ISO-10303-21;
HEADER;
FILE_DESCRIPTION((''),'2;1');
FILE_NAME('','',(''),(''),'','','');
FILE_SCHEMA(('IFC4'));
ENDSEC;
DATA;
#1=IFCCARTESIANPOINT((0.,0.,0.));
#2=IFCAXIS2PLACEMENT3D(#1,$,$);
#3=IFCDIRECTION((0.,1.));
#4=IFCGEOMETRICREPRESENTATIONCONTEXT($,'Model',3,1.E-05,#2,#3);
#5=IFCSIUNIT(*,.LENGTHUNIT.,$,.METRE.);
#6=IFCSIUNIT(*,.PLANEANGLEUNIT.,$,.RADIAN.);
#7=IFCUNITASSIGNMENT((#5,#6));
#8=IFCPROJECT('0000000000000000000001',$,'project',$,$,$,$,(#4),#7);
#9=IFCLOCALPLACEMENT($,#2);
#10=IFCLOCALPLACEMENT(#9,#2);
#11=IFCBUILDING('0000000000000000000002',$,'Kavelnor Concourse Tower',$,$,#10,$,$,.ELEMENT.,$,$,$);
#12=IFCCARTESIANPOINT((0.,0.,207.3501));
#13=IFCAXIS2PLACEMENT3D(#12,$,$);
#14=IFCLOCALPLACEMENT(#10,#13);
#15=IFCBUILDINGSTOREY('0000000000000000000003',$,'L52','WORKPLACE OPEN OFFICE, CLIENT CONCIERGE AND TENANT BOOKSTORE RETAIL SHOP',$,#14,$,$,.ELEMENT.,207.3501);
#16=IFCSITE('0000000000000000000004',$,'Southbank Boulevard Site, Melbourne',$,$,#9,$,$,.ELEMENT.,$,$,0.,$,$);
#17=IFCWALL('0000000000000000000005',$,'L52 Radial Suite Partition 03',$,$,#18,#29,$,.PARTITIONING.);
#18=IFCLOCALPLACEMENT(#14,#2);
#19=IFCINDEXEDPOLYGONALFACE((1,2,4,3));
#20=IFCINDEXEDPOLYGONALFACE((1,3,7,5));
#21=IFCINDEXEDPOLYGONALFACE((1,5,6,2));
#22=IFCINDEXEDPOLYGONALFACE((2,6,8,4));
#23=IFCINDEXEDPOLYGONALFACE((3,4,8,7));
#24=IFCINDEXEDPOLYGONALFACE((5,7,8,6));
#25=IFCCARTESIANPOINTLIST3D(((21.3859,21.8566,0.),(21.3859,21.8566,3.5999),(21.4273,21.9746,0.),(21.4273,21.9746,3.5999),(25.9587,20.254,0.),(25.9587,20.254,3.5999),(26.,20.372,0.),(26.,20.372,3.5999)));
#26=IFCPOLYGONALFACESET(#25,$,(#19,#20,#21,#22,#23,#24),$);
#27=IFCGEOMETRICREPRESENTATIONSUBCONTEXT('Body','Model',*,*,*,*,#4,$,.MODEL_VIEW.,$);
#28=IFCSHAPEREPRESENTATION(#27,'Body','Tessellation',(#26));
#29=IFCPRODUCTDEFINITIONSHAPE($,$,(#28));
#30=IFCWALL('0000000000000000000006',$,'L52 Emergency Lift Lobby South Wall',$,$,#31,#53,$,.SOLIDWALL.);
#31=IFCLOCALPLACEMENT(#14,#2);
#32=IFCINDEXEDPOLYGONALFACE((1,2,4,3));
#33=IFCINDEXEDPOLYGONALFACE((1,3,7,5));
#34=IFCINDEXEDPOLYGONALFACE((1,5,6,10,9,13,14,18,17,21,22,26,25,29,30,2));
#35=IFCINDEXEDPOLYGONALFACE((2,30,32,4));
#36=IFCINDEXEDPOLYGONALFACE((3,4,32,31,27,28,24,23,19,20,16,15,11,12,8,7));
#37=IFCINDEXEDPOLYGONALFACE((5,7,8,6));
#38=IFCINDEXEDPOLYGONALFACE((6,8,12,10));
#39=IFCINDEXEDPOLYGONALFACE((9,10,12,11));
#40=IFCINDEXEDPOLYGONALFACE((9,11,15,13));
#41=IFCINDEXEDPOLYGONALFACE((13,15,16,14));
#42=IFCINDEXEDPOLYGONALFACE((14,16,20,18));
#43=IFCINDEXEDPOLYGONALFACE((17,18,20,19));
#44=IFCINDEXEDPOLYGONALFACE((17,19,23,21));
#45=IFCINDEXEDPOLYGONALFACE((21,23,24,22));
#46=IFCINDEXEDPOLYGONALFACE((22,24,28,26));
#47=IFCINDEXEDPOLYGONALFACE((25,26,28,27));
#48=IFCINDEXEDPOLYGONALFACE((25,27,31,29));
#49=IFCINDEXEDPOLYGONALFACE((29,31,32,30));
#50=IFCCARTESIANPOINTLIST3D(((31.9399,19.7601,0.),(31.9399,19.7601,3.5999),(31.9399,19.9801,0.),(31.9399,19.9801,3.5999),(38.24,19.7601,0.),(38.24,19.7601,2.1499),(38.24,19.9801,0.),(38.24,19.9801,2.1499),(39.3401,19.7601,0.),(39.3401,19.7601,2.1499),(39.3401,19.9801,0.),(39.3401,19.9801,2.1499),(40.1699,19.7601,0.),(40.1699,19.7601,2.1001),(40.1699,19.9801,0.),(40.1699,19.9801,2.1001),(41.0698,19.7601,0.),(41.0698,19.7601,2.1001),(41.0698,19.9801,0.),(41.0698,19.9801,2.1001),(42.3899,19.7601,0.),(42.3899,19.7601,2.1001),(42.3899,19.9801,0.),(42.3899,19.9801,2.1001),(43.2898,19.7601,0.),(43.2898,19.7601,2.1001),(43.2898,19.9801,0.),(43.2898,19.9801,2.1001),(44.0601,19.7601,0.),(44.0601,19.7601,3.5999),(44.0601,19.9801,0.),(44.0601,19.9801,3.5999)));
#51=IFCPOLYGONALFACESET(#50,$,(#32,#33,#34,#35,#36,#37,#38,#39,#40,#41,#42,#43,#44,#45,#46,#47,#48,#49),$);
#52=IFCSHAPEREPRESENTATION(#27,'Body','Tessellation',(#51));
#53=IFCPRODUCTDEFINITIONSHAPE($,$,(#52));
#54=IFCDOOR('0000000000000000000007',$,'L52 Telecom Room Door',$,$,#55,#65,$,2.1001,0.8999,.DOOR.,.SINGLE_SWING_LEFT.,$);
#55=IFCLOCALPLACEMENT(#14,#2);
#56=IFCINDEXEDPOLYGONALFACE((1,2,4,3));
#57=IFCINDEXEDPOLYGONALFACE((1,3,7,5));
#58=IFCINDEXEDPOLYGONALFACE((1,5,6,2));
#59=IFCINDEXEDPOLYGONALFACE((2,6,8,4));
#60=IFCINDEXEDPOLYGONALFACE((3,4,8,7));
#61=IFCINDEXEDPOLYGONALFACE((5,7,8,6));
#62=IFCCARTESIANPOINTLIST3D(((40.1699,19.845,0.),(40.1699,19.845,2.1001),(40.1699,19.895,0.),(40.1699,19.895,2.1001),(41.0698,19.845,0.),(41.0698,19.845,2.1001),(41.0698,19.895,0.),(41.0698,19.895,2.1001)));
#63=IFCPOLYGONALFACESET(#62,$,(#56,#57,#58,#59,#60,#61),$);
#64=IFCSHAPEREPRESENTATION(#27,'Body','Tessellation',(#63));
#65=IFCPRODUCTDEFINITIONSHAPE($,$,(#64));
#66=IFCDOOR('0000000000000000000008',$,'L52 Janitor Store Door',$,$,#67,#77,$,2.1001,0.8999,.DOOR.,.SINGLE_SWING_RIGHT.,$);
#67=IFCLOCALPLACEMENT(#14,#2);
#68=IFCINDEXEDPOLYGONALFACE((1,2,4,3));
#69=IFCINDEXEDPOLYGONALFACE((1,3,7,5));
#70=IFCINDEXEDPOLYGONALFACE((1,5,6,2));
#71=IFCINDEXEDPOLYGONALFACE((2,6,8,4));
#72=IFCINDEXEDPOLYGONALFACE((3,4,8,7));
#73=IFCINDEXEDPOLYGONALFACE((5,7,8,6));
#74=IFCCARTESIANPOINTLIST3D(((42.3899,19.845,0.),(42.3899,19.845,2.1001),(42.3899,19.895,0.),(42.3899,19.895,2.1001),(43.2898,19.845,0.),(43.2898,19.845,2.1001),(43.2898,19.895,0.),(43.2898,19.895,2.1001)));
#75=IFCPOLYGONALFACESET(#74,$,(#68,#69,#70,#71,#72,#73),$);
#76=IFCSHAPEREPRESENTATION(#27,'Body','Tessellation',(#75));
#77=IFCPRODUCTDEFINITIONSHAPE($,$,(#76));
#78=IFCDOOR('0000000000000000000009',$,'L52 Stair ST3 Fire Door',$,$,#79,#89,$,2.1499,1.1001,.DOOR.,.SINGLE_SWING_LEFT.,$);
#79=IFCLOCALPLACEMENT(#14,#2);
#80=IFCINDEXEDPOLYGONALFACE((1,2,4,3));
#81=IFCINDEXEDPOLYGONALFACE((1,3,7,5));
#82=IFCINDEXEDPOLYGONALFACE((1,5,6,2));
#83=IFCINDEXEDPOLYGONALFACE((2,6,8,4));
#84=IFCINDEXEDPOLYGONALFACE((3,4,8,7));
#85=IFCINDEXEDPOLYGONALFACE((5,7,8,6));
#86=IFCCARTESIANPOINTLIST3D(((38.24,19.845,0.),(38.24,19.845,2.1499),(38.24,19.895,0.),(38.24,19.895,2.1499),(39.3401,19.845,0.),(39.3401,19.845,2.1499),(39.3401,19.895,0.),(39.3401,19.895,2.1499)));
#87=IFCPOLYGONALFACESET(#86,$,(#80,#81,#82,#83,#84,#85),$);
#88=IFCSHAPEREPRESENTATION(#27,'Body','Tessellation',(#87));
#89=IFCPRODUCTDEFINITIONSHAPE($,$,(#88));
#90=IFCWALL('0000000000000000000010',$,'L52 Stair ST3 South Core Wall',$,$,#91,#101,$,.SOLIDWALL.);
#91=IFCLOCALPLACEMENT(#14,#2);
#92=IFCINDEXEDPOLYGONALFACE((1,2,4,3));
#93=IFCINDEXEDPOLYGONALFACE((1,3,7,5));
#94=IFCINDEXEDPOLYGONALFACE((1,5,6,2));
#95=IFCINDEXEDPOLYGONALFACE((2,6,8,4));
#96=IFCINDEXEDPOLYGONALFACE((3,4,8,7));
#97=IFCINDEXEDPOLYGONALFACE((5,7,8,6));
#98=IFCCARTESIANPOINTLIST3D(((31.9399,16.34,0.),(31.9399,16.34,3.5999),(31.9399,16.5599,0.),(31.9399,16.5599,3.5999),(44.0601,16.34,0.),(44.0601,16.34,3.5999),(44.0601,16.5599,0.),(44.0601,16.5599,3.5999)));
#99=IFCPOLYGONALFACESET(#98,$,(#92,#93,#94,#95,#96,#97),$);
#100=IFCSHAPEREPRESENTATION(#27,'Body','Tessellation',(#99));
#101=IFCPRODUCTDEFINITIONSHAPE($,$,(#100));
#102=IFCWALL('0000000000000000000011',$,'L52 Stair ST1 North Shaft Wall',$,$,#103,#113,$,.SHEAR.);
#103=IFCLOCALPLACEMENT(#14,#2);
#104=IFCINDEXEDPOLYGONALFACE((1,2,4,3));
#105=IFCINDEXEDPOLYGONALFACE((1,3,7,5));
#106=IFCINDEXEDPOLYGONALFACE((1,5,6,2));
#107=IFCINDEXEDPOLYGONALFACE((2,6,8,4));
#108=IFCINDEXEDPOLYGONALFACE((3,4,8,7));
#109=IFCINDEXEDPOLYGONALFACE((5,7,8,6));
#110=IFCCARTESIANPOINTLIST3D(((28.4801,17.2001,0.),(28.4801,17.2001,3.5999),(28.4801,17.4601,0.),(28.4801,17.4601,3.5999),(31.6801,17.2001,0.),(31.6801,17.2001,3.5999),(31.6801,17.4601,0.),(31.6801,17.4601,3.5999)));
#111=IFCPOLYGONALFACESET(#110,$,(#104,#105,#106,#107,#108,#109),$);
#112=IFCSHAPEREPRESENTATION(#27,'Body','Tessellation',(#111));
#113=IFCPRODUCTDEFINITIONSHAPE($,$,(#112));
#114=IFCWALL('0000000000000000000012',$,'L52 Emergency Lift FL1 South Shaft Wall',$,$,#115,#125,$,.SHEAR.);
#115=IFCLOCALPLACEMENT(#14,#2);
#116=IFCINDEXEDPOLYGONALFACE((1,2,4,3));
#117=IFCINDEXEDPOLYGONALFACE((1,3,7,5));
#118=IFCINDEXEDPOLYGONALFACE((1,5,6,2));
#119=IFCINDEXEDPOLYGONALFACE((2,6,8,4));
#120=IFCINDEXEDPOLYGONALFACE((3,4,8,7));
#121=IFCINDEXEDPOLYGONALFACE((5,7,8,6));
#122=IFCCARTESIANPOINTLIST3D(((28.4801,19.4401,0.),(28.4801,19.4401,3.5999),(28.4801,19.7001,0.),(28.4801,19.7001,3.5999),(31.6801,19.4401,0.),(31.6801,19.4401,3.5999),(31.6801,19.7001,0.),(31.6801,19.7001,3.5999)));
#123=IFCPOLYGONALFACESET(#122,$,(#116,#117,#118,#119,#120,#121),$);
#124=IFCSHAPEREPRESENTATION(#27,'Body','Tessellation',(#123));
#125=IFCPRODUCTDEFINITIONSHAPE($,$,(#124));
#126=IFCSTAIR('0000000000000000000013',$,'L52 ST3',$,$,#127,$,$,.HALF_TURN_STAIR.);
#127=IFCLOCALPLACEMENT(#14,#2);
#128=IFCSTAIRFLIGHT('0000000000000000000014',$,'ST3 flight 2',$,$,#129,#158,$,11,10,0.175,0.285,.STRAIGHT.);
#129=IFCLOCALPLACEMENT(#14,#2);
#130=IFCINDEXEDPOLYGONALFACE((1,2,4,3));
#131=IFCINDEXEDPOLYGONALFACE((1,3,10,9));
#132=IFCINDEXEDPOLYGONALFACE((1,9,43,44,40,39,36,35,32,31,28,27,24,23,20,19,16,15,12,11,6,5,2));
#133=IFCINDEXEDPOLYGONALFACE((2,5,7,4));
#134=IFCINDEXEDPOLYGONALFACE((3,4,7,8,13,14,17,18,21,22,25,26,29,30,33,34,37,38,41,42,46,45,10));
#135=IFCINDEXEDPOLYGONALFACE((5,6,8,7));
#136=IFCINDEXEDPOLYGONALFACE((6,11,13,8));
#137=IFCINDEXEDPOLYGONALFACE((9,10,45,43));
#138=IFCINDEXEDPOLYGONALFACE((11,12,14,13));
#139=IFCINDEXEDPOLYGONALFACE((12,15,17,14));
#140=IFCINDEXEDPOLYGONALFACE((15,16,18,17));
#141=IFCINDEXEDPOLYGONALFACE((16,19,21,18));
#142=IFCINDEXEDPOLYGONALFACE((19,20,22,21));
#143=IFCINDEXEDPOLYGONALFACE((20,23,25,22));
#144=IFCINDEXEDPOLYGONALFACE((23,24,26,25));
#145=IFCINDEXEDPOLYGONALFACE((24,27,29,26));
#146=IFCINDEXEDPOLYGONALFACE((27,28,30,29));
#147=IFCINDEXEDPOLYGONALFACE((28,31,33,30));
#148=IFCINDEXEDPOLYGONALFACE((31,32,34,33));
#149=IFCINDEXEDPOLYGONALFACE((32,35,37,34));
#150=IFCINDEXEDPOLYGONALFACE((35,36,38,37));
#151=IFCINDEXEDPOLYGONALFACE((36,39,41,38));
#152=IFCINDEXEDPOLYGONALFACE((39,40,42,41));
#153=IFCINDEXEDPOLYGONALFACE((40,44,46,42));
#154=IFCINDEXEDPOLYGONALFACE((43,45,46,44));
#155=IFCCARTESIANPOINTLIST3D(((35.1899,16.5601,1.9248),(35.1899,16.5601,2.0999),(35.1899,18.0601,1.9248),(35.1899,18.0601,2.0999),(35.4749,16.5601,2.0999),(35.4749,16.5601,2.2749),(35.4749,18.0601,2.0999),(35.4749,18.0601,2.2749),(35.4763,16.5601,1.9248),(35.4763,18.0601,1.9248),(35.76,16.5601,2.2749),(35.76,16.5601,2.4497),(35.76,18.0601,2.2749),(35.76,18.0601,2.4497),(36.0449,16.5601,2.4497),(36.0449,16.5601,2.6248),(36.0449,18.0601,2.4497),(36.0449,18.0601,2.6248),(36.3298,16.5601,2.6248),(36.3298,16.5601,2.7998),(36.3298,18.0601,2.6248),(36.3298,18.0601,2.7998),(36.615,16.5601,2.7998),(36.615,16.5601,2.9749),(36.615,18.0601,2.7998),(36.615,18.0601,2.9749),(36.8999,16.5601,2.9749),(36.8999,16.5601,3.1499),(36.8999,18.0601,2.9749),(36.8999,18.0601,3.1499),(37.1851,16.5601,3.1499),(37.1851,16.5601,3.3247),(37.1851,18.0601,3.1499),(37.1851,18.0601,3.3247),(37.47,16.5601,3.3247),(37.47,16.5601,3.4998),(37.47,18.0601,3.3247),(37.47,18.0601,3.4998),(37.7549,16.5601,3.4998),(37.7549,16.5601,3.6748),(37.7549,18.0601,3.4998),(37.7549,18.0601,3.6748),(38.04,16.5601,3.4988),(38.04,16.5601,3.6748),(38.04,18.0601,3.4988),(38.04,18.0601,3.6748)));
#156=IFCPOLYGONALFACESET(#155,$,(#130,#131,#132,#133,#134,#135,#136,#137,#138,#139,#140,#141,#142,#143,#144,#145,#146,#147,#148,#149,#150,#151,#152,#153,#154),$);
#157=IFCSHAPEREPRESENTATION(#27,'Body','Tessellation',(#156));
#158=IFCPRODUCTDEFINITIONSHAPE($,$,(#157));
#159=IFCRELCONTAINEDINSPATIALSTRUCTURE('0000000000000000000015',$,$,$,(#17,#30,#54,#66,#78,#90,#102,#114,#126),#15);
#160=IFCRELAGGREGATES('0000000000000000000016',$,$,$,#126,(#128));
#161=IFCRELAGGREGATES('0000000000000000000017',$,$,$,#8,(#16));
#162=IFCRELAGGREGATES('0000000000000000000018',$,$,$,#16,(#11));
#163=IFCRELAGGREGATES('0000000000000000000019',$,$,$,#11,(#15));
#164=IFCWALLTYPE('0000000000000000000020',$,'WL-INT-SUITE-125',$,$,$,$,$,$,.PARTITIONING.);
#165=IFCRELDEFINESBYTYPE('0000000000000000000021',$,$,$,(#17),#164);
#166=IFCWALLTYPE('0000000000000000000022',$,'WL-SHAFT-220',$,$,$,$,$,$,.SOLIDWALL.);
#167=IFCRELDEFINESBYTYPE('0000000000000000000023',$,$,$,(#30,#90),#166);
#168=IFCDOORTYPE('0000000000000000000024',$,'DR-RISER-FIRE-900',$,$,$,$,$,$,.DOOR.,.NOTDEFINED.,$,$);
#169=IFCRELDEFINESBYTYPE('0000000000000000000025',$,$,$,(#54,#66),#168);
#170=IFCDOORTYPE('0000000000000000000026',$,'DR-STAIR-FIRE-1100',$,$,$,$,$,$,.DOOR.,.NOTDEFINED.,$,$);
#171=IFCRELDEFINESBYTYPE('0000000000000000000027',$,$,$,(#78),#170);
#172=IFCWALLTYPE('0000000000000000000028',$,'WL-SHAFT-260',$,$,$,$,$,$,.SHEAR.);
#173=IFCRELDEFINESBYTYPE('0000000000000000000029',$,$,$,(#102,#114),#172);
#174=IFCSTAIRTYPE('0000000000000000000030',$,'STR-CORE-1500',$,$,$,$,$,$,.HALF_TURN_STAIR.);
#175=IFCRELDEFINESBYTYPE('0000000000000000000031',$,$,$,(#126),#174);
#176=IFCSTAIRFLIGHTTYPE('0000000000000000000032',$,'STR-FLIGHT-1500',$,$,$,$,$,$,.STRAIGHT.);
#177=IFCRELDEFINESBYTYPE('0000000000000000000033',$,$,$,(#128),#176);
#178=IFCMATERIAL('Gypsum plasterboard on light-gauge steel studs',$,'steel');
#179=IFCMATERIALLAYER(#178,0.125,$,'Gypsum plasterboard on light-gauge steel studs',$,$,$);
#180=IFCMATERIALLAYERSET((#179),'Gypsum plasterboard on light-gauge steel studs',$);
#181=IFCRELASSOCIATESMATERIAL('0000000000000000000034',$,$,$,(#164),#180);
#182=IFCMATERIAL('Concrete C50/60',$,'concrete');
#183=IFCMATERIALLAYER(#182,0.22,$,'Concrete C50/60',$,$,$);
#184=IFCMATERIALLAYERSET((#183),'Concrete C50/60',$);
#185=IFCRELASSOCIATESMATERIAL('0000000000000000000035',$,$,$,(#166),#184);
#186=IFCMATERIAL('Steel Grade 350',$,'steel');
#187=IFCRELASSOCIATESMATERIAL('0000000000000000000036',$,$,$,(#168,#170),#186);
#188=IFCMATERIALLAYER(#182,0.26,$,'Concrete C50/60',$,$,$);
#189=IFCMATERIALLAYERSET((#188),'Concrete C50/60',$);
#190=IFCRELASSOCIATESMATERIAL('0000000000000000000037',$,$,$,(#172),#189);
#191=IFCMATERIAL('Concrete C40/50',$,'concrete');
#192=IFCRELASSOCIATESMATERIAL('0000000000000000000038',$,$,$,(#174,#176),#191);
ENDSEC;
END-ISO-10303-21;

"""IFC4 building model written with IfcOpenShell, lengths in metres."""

from ifc_helpers import new_model, si_unit, direction, frame, frame_2d, origin, place, context, subcontext, project, spatial, polyline, rectangle, outline, extrude, material, layer, layer_set, type_object, element, fill, aggregate, save


model = new_model("IFC4")

# Units and contexts
model_context = context("Model", 3, precision=1e-05, world=origin(), true_north=direction((0.0, 1.0)))
body_context = subcontext(model_context, "Body", "Model", "MODEL_VIEW")
ifc_project = project(units=[si_unit("LENGTHUNIT", "METRE"), si_unit("PLANEANGLEUNIT", "RADIAN")], contexts=[model_context])

# Site, building, storey
site_placement = place(None, origin())
site = spatial("IfcSite", under=ifc_project, at=site_placement, Name="Southbank Boulevard Site, Melbourne", CompositionType="ELEMENT", RefElevation=0.0)
building_placement = place(site_placement, origin())
building = spatial("IfcBuilding", under=site, at=building_placement, Name="Kavelnor Concourse Tower", CompositionType="ELEMENT")
storey_placement = place(building_placement, frame((0.0, 0.0, 207.3501)))
storey = spatial("IfcBuildingStorey", under=building, at=storey_placement, Name="L52", Description="WORKPLACE OPEN OFFICE, CLIENT CONCIERGE AND TENANT BOOKSTORE RETAIL SHOP", CompositionType="ELEMENT", Elevation=207.3501)

# Shared definitions
ifc_material_1 = material(Name="Steel Grade 350", Category="steel")

# Shared definitions
ifc_material_2 = material(Name="Concrete C50/60", Category="concrete")

# Wall
ifc_material_3 = material(Name="Gypsum plasterboard on light-gauge steel studs", Category="steel")
ifc_layer_1 = layer(ifc_material_3, 0.125, Name="Gypsum plasterboard on light-gauge steel studs")
ifc_layer_set_1 = layer_set([ifc_layer_1], Name="Gypsum plasterboard on light-gauge steel studs")
wall_type_1 = type_object("IfcWallType", Name="WL-INT-SUITE-125", PredefinedType="PARTITIONING", material=ifc_layer_set_1)
wall_1_placement = place(storey_placement, frame((25.9795, 20.313, 0.0), z_axis=(0.0, 0.0, 1.0), x_axis=(-0.943725, 0.330732, 0.0)))
element("IfcWall", 1, at=wall_1_placement, inside=storey, type_object=wall_type_1, Name="L52 Radial Suite Partition 03", PredefinedType="PARTITIONING", context=body_context, shape_type="SweptSolid", body=[
    extrude(rectangle(XDim=4.8455, YDim=0.125, at=frame_2d((2.4229, 0.0))), origin(), (0.0, 0.0, 1.0), 3.5999),
])

# Wall, openings, doors
ifc_layer_2 = layer(ifc_material_2, 0.22, Name="Concrete C50/60")
ifc_layer_set_2 = layer_set([ifc_layer_2], Name="Concrete C50/60")
wall_type_2 = type_object("IfcWallType", Name="WL-SHAFT-220", PredefinedType="SOLIDWALL", material=ifc_layer_set_2)
wall_2_placement = place(storey_placement, frame((31.9399, 19.8701, 0.0), z_axis=(0.0, 0.0, 1.0), x_axis=(1.0, 0.0, 0.0)))
wall_2 = element("IfcWall", 2, at=wall_2_placement, inside=storey, type_object=wall_type_2, Name="L52 Emergency Lift Lobby South Wall", PredefinedType="SOLIDWALL", context=body_context, shape_type="SweptSolid", body=[
    extrude(rectangle(XDim=12.1201, YDim=0.22, at=frame_2d((6.0601, 0.0))), origin(), (0.0, 0.0, 1.0), 3.5999),
])
opening_1_placement = place(wall_2_placement, frame((6.3, 0.0, 0.0)))
opening_1 = element("IfcOpeningElement", 3, at=opening_1_placement, cuts=wall_2, PredefinedType="OPENING", context=body_context, shape_type="SweptSolid", body=[
    extrude(rectangle(XDim=1.1001, YDim=2.1499, at=frame_2d((0.55, 1.075))), frame((0.0, 0.1201, 0.0), z_axis=(0.0, -1.0, 0.0), x_axis=(1.0, 0.0, 0.0)), (0.0, 0.0, 1.0), 0.24),
])
opening_2_placement = place(wall_2_placement, frame((8.23, 0.0, 0.0)))
opening_2 = element("IfcOpeningElement", 4, at=opening_2_placement, cuts=wall_2, PredefinedType="OPENING", context=body_context, shape_type="SweptSolid", body=[
    extrude(rectangle(XDim=0.8999, YDim=2.1001, at=frame_2d((0.45, 1.05))), frame((0.0, 0.1201, 0.0), z_axis=(0.0, -1.0, 0.0), x_axis=(1.0, 0.0, 0.0)), (0.0, 0.0, 1.0), 0.24),
])
opening_3_placement = place(wall_2_placement, frame((10.45, 0.0, 0.0)))
opening_3 = element("IfcOpeningElement", 5, at=opening_3_placement, cuts=wall_2, PredefinedType="OPENING", context=body_context, shape_type="SweptSolid", body=[
    extrude(rectangle(XDim=0.8999, YDim=2.1001, at=frame_2d((0.45, 1.05))), frame((0.0, 0.1201, 0.0), z_axis=(0.0, -1.0, 0.0), x_axis=(1.0, 0.0, 0.0)), (0.0, 0.0, 1.0), 0.24),
])
door_type_1 = type_object("IfcDoorType", Name="DR-RISER-FIRE-900", OperationType="NOTDEFINED", PredefinedType="DOOR", material=ifc_material_1)
door_1_placement = place(opening_2_placement, origin())
door_1 = element("IfcDoor", 6, at=door_1_placement, inside=storey, type_object=door_type_1, Name="L52 Telecom Room Door", OperationType="SINGLE_SWING_LEFT", OverallHeight=2.1001, OverallWidth=0.8999, PredefinedType="DOOR", context=body_context, shape_type="SweptSolid", body=[
    extrude(rectangle(XDim=0.8999, YDim=2.1001, at=frame_2d((0.45, 1.05))), frame((0.0, 0.0249, 0.0), z_axis=(0.0, -1.0, 0.0), x_axis=(1.0, 0.0, 0.0)), (0.0, 0.0, 1.0), 0.05),
])
fill(opening_2, door_1)
door_2_placement = place(opening_3_placement, origin())
door_2 = element("IfcDoor", 7, at=door_2_placement, inside=storey, type_object=door_type_1, Name="L52 Janitor Store Door", OperationType="SINGLE_SWING_RIGHT", OverallHeight=2.1001, OverallWidth=0.8999, PredefinedType="DOOR", context=body_context, shape_type="SweptSolid", body=[
    extrude(rectangle(XDim=0.8999, YDim=2.1001, at=frame_2d((0.45, 1.05))), frame((0.0, 0.0249, 0.0), z_axis=(0.0, -1.0, 0.0), x_axis=(1.0, 0.0, 0.0)), (0.0, 0.0, 1.0), 0.05),
])
fill(opening_3, door_2)
door_type_2 = type_object("IfcDoorType", Name="DR-STAIR-FIRE-1100", OperationType="NOTDEFINED", PredefinedType="DOOR", material=ifc_material_1)
door_3_placement = place(opening_1_placement, origin())
door_3 = element("IfcDoor", 8, at=door_3_placement, inside=storey, type_object=door_type_2, Name="L52 Stair ST3 Fire Door", OperationType="SINGLE_SWING_LEFT", OverallHeight=2.1499, OverallWidth=1.1001, PredefinedType="DOOR", context=body_context, shape_type="SweptSolid", body=[
    extrude(rectangle(XDim=1.1001, YDim=2.1499, at=frame_2d((0.55, 1.075))), frame((0.0, 0.0249, 0.0), z_axis=(0.0, -1.0, 0.0), x_axis=(1.0, 0.0, 0.0)), (0.0, 0.0, 1.0), 0.05),
])
fill(opening_1, door_3)

# Walls
wall_3_placement = place(storey_placement, frame((31.9399, 16.45, 0.0), z_axis=(0.0, 0.0, 1.0), x_axis=(1.0, 0.0, 0.0)))
element("IfcWall", 9, at=wall_3_placement, inside=storey, type_object=wall_type_2, Name="L52 Stair ST3 South Core Wall", PredefinedType="SOLIDWALL", context=body_context, shape_type="SweptSolid", body=[
    extrude(rectangle(XDim=12.1201, YDim=0.22, at=frame_2d((6.0601, 0.0))), origin(), (0.0, 0.0, 1.0), 3.5999),
])
ifc_layer_3 = layer(ifc_material_2, 0.26, Name="Concrete C50/60")
ifc_layer_set_3 = layer_set([ifc_layer_3], Name="Concrete C50/60")
wall_type_3 = type_object("IfcWallType", Name="WL-SHAFT-260", PredefinedType="SHEAR", material=ifc_layer_set_3)
for number, where, z_axis, x_axis, name in (
    (10, (28.48, 17.3301, 0.0), (0.0, 0.0, 1.0), (1.0, 0.0, 0.0), "L52 Stair ST1 North Shaft Wall"),
    (11, (28.48, 19.5701, 0.0), (0.0, 0.0, 1.0), (1.0, 0.0, 0.0), "L52 Emergency Lift FL1 South Shaft Wall"),
):
    element("IfcWall", number, at=place(storey_placement, frame(where, z_axis=z_axis, x_axis=x_axis)), inside=storey, type_object=wall_type_3, Name=name, PredefinedType="SHEAR", context=body_context, shape_type="SweptSolid", body=[
        extrude(rectangle(XDim=3.2, YDim=0.26, at=frame_2d((1.6001, 0.0))), origin(), (0.0, 0.0, 1.0), 3.5999),
    ])

# Stair, stair flight
ifc_material_4 = material(Name="Concrete C40/50", Category="concrete")
stair_type = type_object("IfcStairType", Name="STR-CORE-1500", PredefinedType="HALF_TURN_STAIR", material=ifc_material_4)
stair_placement = place(storey_placement, origin())
stair = element("IfcStair", 12, at=stair_placement, inside=storey, type_object=stair_type, Name="L52 ST3", PredefinedType="HALF_TURN_STAIR")
stair_flight_type = type_object("IfcStairFlightType", Name="STR-FLIGHT-1500", PredefinedType="STRAIGHT", material=ifc_material_4)
stair_flight_placement = place(storey_placement, frame((35.1899, 17.3101, 1.9248), z_axis=(0.0, 0.0, 1.0), x_axis=(1.0, 0.0, 0.0)))
stair_flight = element("IfcStairFlight", 13, at=stair_flight_placement, type_object=stair_flight_type, Name="ST3 flight 2", NumberOfRisers=11, NumberOfTreads=10, PredefinedType="STRAIGHT", RiserHeight=0.175, TreadLength=0.285, context=body_context, shape_type="SweptSolid", body=[
    extrude(outline(polyline([(0.0, 0.0), (0.0, 0.175), (0.2849, 0.175), (0.2849, 0.3501), (0.5701, 0.3501), (0.5701, 0.5249), (0.855, 0.5249), (0.855, 0.7), (1.1399, 0.7), (1.1399, 0.875), (1.425, 0.875), (1.425, 1.05), (1.71, 1.05), (1.71, 1.2251), (1.9951, 1.2251), (1.9951, 1.3999), (2.28, 1.3999), (2.28, 1.575), (2.5649, 1.575), (2.5649, 1.75), (2.8501, 1.75), (2.8501, 1.925), (2.8501, 1.574), (0.2864, 0.0), (0.0, 0.0)])), frame((0.0, 0.75, 0.0), z_axis=(0.0, -1.0, 0.0), x_axis=(1.0, 0.0, 0.0)), (0.0, 0.0, 1.0), 1.5),
])
aggregate(stair, [stair_flight])

save(model, "model.ifc")
